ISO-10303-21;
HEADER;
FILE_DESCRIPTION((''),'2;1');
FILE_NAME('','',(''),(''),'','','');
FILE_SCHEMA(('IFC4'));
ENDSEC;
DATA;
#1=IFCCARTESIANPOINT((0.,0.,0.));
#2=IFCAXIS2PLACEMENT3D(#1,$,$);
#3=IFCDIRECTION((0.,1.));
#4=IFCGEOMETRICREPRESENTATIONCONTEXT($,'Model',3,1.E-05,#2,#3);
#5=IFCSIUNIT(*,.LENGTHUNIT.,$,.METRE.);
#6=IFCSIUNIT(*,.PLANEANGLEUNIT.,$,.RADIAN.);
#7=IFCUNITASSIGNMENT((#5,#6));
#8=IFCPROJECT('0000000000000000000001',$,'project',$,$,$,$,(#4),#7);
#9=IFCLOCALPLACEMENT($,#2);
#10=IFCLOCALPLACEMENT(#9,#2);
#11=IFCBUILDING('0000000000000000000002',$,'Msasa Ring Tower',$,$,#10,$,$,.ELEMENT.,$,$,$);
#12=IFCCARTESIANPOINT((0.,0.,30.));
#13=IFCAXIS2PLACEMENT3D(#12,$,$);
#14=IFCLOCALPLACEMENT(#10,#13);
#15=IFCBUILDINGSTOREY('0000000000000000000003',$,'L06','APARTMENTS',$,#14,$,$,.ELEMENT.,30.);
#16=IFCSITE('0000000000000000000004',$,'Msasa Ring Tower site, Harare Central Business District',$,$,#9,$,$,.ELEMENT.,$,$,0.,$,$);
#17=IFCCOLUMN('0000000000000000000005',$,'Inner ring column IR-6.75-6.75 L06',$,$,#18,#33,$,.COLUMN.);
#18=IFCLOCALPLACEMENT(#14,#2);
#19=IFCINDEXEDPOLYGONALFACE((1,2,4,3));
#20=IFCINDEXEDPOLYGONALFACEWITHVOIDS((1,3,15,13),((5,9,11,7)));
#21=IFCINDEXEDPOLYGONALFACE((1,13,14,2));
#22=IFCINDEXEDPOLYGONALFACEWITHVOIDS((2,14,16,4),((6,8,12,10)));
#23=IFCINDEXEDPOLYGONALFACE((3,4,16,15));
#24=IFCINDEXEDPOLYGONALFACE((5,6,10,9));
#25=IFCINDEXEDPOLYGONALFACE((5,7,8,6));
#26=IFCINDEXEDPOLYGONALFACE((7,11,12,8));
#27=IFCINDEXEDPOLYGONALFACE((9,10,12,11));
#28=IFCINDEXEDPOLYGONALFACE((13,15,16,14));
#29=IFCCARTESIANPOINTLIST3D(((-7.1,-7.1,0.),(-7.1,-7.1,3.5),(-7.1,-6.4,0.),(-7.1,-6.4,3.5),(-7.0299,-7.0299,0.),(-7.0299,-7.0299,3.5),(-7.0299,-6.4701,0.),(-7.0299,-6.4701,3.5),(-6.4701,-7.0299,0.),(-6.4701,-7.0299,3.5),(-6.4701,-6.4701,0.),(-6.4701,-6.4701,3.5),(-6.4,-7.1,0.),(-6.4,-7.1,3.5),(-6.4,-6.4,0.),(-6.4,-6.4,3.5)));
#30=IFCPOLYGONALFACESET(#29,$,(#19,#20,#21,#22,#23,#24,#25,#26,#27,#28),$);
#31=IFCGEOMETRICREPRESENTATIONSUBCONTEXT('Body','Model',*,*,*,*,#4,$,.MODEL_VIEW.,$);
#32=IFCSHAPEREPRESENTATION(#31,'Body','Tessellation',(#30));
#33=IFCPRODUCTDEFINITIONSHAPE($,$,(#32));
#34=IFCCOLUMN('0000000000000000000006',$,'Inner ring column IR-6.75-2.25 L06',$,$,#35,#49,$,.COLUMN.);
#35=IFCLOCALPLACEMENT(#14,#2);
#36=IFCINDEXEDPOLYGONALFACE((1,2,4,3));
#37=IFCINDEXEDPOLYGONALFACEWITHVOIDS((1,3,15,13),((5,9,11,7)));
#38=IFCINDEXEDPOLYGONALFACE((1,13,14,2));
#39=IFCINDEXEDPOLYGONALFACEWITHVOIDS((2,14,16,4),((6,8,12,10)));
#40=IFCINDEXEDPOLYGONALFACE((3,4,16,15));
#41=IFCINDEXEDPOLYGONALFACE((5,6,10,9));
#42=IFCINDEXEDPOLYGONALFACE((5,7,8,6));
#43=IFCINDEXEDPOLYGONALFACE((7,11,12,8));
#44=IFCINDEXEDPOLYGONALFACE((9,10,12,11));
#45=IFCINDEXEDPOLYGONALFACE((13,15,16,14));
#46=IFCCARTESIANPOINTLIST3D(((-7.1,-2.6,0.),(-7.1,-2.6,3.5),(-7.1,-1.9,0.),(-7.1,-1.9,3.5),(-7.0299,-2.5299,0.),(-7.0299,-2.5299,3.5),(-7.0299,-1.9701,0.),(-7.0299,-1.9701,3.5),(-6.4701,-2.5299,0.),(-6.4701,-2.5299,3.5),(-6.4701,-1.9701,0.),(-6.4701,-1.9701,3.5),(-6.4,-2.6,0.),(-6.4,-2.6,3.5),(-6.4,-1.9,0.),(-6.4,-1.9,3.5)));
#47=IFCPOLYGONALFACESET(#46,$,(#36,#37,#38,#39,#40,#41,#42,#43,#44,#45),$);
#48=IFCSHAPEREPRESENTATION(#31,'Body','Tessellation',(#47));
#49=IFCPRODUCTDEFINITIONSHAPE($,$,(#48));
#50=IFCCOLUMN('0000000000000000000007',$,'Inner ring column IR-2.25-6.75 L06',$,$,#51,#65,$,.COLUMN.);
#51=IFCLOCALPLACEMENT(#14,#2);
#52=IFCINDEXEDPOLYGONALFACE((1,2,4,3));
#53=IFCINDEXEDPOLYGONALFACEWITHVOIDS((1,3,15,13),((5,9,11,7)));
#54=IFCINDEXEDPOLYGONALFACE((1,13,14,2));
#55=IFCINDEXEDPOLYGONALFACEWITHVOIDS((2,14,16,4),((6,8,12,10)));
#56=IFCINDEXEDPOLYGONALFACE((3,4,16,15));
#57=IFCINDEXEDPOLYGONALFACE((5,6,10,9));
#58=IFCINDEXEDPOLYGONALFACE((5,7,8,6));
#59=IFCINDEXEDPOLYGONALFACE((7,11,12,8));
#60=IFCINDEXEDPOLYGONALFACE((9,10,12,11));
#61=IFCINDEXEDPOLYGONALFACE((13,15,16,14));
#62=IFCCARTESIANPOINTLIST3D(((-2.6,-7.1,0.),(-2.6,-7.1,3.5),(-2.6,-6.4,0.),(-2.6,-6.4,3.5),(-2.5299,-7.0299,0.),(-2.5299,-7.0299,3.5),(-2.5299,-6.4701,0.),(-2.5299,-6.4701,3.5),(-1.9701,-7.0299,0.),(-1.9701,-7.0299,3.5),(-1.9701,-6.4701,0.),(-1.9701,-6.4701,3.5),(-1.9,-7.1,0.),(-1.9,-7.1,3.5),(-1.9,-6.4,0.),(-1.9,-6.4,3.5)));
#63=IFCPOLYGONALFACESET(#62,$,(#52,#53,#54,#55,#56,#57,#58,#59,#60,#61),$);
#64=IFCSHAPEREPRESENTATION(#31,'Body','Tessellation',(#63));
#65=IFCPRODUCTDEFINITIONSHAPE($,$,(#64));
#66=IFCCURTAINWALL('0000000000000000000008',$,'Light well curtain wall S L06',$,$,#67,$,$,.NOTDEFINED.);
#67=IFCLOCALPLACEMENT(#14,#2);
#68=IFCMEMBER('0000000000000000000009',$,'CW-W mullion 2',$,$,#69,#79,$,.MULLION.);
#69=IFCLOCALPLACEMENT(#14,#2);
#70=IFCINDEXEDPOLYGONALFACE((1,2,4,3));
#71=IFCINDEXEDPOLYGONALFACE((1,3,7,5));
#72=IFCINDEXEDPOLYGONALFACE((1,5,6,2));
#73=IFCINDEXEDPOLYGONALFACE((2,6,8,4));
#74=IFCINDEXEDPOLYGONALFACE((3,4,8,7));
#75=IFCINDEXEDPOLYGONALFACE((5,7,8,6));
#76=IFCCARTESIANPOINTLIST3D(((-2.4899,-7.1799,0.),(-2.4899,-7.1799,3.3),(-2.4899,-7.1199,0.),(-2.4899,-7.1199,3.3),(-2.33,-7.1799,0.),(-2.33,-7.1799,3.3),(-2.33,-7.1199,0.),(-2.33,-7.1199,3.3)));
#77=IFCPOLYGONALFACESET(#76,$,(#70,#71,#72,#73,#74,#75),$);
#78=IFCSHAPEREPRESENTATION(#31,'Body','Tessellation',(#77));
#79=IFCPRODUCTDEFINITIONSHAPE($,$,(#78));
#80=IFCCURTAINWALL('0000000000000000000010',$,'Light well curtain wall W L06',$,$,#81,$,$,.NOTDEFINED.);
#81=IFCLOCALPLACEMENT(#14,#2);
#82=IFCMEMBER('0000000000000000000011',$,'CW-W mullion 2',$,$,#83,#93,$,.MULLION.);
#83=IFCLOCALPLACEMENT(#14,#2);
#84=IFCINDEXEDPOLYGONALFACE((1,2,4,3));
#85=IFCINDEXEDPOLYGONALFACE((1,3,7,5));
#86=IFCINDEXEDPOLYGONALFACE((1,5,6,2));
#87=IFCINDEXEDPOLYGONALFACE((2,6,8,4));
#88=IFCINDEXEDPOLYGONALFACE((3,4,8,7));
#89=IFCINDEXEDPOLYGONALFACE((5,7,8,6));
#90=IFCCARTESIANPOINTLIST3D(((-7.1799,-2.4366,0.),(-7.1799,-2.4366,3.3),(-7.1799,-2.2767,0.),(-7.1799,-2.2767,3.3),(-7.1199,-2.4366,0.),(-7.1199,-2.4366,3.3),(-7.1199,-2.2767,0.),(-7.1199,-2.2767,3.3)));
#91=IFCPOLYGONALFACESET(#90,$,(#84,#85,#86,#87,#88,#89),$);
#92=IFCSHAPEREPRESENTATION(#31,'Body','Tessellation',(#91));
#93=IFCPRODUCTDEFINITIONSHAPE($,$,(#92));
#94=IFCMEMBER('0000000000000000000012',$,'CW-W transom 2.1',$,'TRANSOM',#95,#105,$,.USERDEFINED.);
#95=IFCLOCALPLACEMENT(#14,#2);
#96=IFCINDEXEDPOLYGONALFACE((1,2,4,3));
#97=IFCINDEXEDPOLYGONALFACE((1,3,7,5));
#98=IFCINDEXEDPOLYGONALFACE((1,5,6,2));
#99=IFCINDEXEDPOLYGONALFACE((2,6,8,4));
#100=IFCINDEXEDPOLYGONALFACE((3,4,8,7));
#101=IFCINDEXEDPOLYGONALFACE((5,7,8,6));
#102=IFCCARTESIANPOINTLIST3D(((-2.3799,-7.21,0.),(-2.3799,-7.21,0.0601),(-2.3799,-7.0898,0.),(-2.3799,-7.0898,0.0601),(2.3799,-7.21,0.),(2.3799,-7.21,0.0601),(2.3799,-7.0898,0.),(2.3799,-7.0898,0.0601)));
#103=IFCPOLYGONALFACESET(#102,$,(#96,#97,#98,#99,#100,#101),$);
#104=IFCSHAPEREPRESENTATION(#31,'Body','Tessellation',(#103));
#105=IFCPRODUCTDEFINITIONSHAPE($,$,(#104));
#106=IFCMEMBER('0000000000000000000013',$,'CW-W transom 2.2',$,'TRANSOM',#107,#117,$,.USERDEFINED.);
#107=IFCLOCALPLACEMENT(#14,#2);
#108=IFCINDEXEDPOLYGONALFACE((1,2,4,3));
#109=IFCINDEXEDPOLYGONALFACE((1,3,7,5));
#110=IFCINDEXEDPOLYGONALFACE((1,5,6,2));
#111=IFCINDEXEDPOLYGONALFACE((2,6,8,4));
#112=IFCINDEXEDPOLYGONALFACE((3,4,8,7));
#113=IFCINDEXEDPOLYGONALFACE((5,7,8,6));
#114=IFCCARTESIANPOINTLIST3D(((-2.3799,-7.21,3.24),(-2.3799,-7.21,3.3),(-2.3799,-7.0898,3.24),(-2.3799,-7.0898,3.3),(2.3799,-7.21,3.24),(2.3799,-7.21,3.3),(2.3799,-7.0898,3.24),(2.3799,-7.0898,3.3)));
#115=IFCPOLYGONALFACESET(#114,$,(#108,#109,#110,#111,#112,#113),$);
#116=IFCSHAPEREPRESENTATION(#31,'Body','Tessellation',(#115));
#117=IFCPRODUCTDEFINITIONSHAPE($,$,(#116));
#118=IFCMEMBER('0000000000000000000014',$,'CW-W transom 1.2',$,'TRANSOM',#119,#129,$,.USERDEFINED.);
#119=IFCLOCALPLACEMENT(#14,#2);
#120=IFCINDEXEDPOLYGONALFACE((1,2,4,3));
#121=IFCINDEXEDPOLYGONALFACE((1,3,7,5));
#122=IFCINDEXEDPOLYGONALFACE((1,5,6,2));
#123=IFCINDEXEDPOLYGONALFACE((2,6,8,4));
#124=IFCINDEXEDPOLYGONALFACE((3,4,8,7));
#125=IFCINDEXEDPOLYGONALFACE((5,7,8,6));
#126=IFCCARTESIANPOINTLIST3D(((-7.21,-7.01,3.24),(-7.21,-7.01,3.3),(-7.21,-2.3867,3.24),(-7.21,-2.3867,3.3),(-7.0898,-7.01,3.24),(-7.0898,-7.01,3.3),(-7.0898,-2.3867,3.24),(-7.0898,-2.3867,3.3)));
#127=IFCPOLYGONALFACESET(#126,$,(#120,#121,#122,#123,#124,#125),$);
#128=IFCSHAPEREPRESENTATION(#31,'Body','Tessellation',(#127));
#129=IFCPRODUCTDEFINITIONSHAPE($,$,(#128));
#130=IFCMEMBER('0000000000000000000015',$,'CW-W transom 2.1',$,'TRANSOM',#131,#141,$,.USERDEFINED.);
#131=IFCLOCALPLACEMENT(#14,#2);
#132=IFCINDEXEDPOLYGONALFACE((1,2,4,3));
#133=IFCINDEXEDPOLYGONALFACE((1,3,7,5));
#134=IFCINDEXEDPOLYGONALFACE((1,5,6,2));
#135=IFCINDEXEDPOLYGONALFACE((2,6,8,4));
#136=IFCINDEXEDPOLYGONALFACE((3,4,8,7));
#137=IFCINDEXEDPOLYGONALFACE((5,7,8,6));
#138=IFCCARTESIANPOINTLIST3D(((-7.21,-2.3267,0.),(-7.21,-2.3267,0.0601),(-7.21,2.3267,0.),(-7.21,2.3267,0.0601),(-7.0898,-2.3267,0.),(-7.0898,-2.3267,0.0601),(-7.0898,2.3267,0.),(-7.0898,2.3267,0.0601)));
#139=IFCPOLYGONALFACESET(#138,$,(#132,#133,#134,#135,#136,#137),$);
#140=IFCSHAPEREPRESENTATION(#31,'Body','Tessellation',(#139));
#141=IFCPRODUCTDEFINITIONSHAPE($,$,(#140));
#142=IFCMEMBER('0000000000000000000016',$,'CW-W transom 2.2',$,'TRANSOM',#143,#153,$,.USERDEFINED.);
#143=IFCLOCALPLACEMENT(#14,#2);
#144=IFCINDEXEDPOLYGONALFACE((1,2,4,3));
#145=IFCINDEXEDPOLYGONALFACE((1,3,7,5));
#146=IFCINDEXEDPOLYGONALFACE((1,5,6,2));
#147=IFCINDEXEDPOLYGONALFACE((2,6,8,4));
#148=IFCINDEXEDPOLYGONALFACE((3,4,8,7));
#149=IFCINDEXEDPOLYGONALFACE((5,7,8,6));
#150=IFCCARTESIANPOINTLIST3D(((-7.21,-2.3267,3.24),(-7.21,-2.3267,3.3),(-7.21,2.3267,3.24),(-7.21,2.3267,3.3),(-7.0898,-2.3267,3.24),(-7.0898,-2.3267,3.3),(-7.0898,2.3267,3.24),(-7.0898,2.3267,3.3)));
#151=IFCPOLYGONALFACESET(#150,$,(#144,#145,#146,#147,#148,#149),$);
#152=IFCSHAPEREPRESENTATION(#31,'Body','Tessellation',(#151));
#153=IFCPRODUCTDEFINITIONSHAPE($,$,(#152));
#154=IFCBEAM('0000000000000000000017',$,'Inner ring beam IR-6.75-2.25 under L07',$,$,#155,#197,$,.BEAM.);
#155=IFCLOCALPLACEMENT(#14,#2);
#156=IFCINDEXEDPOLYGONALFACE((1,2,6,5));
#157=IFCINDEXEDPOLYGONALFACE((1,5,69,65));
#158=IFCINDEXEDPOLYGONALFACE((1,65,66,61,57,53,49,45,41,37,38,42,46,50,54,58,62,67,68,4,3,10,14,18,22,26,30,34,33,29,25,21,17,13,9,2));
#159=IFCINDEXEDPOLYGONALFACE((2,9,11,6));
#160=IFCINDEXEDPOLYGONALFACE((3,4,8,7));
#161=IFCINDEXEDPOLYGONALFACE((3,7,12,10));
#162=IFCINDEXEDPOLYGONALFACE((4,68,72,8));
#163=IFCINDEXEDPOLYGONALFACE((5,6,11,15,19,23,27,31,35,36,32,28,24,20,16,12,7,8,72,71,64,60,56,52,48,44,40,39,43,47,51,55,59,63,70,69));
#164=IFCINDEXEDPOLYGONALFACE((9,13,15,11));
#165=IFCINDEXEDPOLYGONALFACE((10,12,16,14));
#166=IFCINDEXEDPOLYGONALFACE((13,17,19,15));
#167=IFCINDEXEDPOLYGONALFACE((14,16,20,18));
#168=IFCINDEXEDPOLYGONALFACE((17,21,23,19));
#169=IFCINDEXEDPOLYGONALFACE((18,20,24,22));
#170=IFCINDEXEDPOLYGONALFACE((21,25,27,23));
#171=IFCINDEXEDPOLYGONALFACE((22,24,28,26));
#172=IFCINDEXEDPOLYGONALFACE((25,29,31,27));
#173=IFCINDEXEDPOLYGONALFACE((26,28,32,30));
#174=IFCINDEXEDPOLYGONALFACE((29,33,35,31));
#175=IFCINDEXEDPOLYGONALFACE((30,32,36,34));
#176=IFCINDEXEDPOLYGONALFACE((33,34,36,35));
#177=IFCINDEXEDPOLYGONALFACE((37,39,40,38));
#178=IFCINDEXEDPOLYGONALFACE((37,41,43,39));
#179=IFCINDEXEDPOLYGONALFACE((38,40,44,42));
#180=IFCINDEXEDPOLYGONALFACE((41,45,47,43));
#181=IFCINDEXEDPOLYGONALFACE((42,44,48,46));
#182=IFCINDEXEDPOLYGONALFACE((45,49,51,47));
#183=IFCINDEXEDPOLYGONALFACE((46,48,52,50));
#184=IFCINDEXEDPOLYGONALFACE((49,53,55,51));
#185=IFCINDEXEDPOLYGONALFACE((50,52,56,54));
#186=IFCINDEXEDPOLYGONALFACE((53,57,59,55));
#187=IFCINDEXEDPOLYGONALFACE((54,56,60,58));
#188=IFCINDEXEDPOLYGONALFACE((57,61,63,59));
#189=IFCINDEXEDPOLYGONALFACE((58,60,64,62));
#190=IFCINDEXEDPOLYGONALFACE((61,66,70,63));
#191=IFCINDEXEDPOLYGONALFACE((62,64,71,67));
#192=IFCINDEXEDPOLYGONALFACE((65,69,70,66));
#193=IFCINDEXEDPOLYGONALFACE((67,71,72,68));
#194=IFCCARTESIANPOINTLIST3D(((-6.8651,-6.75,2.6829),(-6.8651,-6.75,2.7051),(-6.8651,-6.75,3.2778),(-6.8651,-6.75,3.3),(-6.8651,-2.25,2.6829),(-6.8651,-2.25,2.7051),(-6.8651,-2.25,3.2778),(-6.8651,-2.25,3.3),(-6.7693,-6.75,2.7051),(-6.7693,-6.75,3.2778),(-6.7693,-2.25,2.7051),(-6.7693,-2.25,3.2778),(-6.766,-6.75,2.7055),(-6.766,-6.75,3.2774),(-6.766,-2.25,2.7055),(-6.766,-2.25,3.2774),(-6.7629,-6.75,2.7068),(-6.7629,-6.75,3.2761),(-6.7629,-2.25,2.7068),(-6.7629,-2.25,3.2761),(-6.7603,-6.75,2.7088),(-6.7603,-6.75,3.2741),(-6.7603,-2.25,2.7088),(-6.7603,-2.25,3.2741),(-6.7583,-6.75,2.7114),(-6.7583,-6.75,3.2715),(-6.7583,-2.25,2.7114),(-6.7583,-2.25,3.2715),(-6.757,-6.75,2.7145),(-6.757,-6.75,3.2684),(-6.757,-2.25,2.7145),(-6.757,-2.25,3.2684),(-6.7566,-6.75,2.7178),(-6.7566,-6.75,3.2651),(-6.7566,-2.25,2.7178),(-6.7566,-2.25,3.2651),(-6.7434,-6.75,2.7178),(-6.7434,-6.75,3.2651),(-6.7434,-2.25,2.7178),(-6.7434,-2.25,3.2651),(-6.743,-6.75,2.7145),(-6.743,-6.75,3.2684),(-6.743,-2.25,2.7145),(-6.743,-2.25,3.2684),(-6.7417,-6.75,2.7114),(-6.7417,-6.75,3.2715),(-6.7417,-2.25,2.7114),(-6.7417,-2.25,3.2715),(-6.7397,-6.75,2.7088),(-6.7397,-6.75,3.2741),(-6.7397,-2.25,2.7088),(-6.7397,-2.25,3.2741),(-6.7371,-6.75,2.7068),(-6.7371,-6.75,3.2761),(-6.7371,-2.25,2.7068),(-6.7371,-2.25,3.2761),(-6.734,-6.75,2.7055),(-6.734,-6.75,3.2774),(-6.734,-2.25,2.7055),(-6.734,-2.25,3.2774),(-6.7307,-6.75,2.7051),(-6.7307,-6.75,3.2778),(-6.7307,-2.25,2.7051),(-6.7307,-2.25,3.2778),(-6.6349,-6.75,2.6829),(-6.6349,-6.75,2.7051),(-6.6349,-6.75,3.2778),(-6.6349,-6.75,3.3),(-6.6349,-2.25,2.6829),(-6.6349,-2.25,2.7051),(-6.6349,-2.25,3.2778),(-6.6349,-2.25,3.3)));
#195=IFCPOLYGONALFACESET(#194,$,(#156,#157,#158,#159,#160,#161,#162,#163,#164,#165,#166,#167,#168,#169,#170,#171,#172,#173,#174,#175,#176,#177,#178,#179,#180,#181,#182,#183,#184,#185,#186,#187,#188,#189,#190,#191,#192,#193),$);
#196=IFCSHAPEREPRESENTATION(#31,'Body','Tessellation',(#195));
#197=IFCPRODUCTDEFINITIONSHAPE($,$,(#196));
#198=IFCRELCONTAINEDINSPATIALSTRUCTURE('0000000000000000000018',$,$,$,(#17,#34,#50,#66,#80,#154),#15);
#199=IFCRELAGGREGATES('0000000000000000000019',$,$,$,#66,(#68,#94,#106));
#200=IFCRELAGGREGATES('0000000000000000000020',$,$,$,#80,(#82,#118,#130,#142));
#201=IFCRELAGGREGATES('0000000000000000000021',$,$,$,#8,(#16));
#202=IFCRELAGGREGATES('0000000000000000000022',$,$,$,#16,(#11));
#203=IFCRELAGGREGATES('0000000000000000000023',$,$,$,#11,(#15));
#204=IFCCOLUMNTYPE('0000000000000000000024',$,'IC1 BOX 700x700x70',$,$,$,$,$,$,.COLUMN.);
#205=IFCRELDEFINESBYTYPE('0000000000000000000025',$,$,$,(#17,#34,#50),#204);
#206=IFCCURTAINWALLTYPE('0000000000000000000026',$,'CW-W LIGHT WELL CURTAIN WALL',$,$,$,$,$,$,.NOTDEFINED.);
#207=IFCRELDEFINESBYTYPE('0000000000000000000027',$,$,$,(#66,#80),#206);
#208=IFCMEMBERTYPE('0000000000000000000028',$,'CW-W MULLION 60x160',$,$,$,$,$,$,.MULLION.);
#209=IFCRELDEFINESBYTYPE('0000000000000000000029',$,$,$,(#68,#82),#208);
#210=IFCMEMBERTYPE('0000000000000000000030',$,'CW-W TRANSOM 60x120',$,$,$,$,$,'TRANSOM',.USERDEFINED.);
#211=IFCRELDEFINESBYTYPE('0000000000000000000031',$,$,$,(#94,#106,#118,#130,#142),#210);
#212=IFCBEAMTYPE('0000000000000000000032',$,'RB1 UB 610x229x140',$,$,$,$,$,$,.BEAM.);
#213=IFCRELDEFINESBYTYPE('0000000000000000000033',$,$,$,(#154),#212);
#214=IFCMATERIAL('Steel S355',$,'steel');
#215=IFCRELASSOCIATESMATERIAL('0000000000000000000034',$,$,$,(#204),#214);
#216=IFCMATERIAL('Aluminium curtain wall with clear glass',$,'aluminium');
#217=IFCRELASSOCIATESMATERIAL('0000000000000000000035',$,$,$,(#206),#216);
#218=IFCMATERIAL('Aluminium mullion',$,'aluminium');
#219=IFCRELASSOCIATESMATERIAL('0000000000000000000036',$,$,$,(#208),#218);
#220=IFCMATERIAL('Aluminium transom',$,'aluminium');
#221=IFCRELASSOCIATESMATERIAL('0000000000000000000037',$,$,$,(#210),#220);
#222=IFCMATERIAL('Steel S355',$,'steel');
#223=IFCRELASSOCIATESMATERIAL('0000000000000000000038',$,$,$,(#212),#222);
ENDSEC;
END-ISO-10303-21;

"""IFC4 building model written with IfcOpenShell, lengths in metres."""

from ifc_helpers import new_model, si_unit, direction, frame, origin, origin_2d, place, context, subcontext, project, spatial, rectangle, hollow_rectangle, i_section, extrude, material, material_profile, profile_set, type_object, element, aggregate, save


model = new_model("IFC4")

# Units and contexts
model_context = context("Model", 3, precision=1e-05, world=origin(), true_north=direction((0.0, 1.0)))
body_context = subcontext(model_context, "Body", "Model", "MODEL_VIEW")
ifc_project = project(units=[si_unit("LENGTHUNIT", "METRE"), si_unit("PLANEANGLEUNIT", "RADIAN")], contexts=[model_context])

# Site, building, storey
site_placement = place(None, origin())
site = spatial("IfcSite", under=ifc_project, at=site_placement, Name="Msasa Ring Tower site, Harare Central Business District", CompositionType="ELEMENT", RefElevation=0.0)
building_placement = place(site_placement, origin())
building = spatial("IfcBuilding", under=site, at=building_placement, Name="Msasa Ring Tower", CompositionType="ELEMENT")
storey_placement = place(building_placement, frame((0.0, 0.0, 30.0)))
storey = spatial("IfcBuildingStorey", under=building, at=storey_placement, Name="L06", Description="APARTMENTS", CompositionType="ELEMENT", Elevation=30.0)

# Columns
ifc_material_1 = material(Name="Steel S355", Category="steel")
ifc_material_profile_1 = material_profile(ifc_material_1, hollow_rectangle(XDim=0.7, YDim=0.7, WallThickness=0.0701, at=origin_2d()), Name="BOX 700x700x70")
ifc_profile_set_1 = profile_set([ifc_material_profile_1], Name="Steel S355")
column_type = type_object("IfcColumnType", Name="IC1 BOX 700x700x70", PredefinedType="COLUMN", material=ifc_profile_set_1)
for number, where, z_axis, x_axis, name in (
    (1, (-6.75, -6.75, 0.0), (0.0, 0.0, 1.0), (1.0, 0.0, 0.0), "Inner ring column IR-6.75-6.75 L06"),
    (2, (-6.75, -2.25, 0.0), (0.0, 0.0, 1.0), (1.0, 0.0, 0.0), "Inner ring column IR-6.75-2.25 L06"),
    (3, (-2.25, -6.75, 0.0), (0.0, 0.0, 1.0), (1.0, 0.0, 0.0), "Inner ring column IR-2.25-6.75 L06"),
):
    element("IfcColumn", number, at=place(storey_placement, frame(where, z_axis=z_axis, x_axis=x_axis)), inside=storey, type_object=column_type, Name=name, PredefinedType="COLUMN", context=body_context, shape_type="SweptSolid", body=[
        extrude(hollow_rectangle(XDim=0.7, YDim=0.7, WallThickness=0.0701, at=origin_2d()), origin(), (0.0, 0.0, 1.0), 3.5),
    ])

# Curtain walls, members
ifc_material_2 = material(Name="Aluminium curtain wall with clear glass", Category="aluminium")
curtain_wall_type = type_object("IfcCurtainWallType", Name="CW-W LIGHT WELL CURTAIN WALL", PredefinedType="NOTDEFINED", material=ifc_material_2)
curtain_wall_1_placement = place(storey_placement, origin())
curtain_wall_1 = element("IfcCurtainWall", 4, at=curtain_wall_1_placement, inside=storey, type_object=curtain_wall_type, Name="Light well curtain wall S L06", PredefinedType="NOTDEFINED")
ifc_material_3 = material(Name="Aluminium mullion", Category="aluminium")
ifc_material_profile_2 = material_profile(ifc_material_3, rectangle(XDim=0.0601, YDim=0.1599, at=origin_2d()), Name="AL 60x160")
ifc_profile_set_2 = profile_set([ifc_material_profile_2], Name="Aluminium mullion")
member_type_1 = type_object("IfcMemberType", Name="CW-W MULLION 60x160", PredefinedType="MULLION", material=ifc_profile_set_2)
member_1_placement = place(storey_placement, frame((-2.4099, -7.1499, 0.0), z_axis=(0.0, 0.0, 1.0), x_axis=(0.0, 1.0, 0.0)))
member_1 = element("IfcMember", 5, at=member_1_placement, type_object=member_type_1, Name="CW-W mullion 2", PredefinedType="MULLION", context=body_context, shape_type="SweptSolid", body=[
    extrude(rectangle(XDim=0.0601, YDim=0.1599, at=origin_2d()), origin(), (0.0, 0.0, 1.0), 3.3),
])
curtain_wall_2_placement = place(storey_placement, origin())
curtain_wall_2 = element("IfcCurtainWall", 6, at=curtain_wall_2_placement, inside=storey, type_object=curtain_wall_type, Name="Light well curtain wall W L06", PredefinedType="NOTDEFINED")
member_2_placement = place(storey_placement, frame((-7.1499, -2.3567, 0.0), z_axis=(0.0, 0.0, 1.0), x_axis=(-1.0, 0.0, 0.0)))
member_2 = element("IfcMember", 7, at=member_2_placement, type_object=member_type_1, Name="CW-W mullion 2", PredefinedType="MULLION", context=body_context, shape_type="SweptSolid", body=[
    extrude(rectangle(XDim=0.0601, YDim=0.1599, at=origin_2d()), origin(), (0.0, 0.0, 1.0), 3.3),
])

# Members
ifc_material_4 = material(Name="Aluminium transom", Category="aluminium")
ifc_material_profile_3 = material_profile(ifc_material_4, rectangle(XDim=0.1201, YDim=0.0601, at=origin_2d()), Name="AL 60x120")
ifc_profile_set_3 = profile_set([ifc_material_profile_3], Name="Aluminium transom")
member_type_2 = type_object("IfcMemberType", Name="CW-W TRANSOM 60x120", ElementType="TRANSOM", PredefinedType="USERDEFINED", material=ifc_profile_set_3)
member_3_placement = place(storey_placement, frame((-2.3799, -7.1499, 0.03), z_axis=(1.0, 0.0, 0.0), x_axis=(0.0, 1.0, 0.0)))
member_3 = element("IfcMember", 8, at=member_3_placement, type_object=member_type_2, Name="CW-W transom 2.1", ObjectType="TRANSOM", PredefinedType="USERDEFINED", context=body_context, shape_type="SweptSolid", body=[
    extrude(rectangle(XDim=0.1201, YDim=0.0601, at=origin_2d()), origin(), (0.0, 0.0, 1.0), 4.7598),
])
member_4_placement = place(storey_placement, frame((-2.3799, -7.1499, 3.27), z_axis=(1.0, 0.0, 0.0), x_axis=(0.0, 1.0, 0.0)))
member_4 = element("IfcMember", 9, at=member_4_placement, type_object=member_type_2, Name="CW-W transom 2.2", ObjectType="TRANSOM", PredefinedType="USERDEFINED", context=body_context, shape_type="SweptSolid", body=[
    extrude(rectangle(XDim=0.1201, YDim=0.0601, at=origin_2d()), origin(), (0.0, 0.0, 1.0), 4.7598),
])
member_5_placement = place(storey_placement, frame((-7.1499, -7.01, 3.27), z_axis=(0.0, 1.0, 0.0), x_axis=(-1.0, 0.0, 0.0)))
member_5 = element("IfcMember", 10, at=member_5_placement, type_object=member_type_2, Name="CW-W transom 1.2", ObjectType="TRANSOM", PredefinedType="USERDEFINED", context=body_context, shape_type="SweptSolid", body=[
    extrude(rectangle(XDim=0.1201, YDim=0.0601, at=origin_2d()), origin(), (0.0, 0.0, 1.0), 4.6233),
])
member_6_placement = place(storey_placement, frame((-7.1499, -2.3267, 0.03), z_axis=(0.0, 1.0, 0.0), x_axis=(-1.0, 0.0, 0.0)))
member_6 = element("IfcMember", 11, at=member_6_placement, type_object=member_type_2, Name="CW-W transom 2.1", ObjectType="TRANSOM", PredefinedType="USERDEFINED", context=body_context, shape_type="SweptSolid", body=[
    extrude(rectangle(XDim=0.1201, YDim=0.0601, at=origin_2d()), origin(), (0.0, 0.0, 1.0), 4.6533),
])
member_7_placement = place(storey_placement, frame((-7.1499, -2.3267, 3.27), z_axis=(0.0, 1.0, 0.0), x_axis=(-1.0, 0.0, 0.0)))
member_7 = element("IfcMember", 12, at=member_7_placement, type_object=member_type_2, Name="CW-W transom 2.2", ObjectType="TRANSOM", PredefinedType="USERDEFINED", context=body_context, shape_type="SweptSolid", body=[
    extrude(rectangle(XDim=0.1201, YDim=0.0601, at=origin_2d()), origin(), (0.0, 0.0, 1.0), 4.6533),
])

# Beam
ifc_material_5 = material(Name="Steel S355", Category="steel")
ifc_material_profile_4 = material_profile(ifc_material_5, i_section(OverallWidth=0.2302, OverallDepth=0.6172, WebThickness=0.0132, FlangeThickness=0.0222, FilletRadius=0.0127, at=origin_2d()), Name="UB 610x229x140")
ifc_profile_set_4 = profile_set([ifc_material_profile_4], Name="Steel S355")
beam_type = type_object("IfcBeamType", Name="RB1 UB 610x229x140", PredefinedType="BEAM", material=ifc_profile_set_4)
for number, where, z_axis, x_axis, name in (
    (13, (-6.75, -2.25, 2.9915), (0.0, -1.0, 0.0), (1.0, 0.0, 0.0), "Inner ring beam IR-6.75-2.25 under L07"),
):
    element("IfcBeam", number, at=place(storey_placement, frame(where, z_axis=z_axis, x_axis=x_axis)), inside=storey, type_object=beam_type, Name=name, PredefinedType="BEAM", context=body_context, shape_type="SweptSolid", body=[
        extrude(i_section(OverallWidth=0.2302, OverallDepth=0.6172, WebThickness=0.0132, FlangeThickness=0.0222, FilletRadius=0.0127, at=origin_2d()), origin(), (0.0, 0.0, 1.0), 4.5),
    ])

aggregate(curtain_wall_1, [member_1, member_3, member_4])
aggregate(curtain_wall_2, [member_2, member_5, member_6, member_7])

save(model, "model.ifc")
